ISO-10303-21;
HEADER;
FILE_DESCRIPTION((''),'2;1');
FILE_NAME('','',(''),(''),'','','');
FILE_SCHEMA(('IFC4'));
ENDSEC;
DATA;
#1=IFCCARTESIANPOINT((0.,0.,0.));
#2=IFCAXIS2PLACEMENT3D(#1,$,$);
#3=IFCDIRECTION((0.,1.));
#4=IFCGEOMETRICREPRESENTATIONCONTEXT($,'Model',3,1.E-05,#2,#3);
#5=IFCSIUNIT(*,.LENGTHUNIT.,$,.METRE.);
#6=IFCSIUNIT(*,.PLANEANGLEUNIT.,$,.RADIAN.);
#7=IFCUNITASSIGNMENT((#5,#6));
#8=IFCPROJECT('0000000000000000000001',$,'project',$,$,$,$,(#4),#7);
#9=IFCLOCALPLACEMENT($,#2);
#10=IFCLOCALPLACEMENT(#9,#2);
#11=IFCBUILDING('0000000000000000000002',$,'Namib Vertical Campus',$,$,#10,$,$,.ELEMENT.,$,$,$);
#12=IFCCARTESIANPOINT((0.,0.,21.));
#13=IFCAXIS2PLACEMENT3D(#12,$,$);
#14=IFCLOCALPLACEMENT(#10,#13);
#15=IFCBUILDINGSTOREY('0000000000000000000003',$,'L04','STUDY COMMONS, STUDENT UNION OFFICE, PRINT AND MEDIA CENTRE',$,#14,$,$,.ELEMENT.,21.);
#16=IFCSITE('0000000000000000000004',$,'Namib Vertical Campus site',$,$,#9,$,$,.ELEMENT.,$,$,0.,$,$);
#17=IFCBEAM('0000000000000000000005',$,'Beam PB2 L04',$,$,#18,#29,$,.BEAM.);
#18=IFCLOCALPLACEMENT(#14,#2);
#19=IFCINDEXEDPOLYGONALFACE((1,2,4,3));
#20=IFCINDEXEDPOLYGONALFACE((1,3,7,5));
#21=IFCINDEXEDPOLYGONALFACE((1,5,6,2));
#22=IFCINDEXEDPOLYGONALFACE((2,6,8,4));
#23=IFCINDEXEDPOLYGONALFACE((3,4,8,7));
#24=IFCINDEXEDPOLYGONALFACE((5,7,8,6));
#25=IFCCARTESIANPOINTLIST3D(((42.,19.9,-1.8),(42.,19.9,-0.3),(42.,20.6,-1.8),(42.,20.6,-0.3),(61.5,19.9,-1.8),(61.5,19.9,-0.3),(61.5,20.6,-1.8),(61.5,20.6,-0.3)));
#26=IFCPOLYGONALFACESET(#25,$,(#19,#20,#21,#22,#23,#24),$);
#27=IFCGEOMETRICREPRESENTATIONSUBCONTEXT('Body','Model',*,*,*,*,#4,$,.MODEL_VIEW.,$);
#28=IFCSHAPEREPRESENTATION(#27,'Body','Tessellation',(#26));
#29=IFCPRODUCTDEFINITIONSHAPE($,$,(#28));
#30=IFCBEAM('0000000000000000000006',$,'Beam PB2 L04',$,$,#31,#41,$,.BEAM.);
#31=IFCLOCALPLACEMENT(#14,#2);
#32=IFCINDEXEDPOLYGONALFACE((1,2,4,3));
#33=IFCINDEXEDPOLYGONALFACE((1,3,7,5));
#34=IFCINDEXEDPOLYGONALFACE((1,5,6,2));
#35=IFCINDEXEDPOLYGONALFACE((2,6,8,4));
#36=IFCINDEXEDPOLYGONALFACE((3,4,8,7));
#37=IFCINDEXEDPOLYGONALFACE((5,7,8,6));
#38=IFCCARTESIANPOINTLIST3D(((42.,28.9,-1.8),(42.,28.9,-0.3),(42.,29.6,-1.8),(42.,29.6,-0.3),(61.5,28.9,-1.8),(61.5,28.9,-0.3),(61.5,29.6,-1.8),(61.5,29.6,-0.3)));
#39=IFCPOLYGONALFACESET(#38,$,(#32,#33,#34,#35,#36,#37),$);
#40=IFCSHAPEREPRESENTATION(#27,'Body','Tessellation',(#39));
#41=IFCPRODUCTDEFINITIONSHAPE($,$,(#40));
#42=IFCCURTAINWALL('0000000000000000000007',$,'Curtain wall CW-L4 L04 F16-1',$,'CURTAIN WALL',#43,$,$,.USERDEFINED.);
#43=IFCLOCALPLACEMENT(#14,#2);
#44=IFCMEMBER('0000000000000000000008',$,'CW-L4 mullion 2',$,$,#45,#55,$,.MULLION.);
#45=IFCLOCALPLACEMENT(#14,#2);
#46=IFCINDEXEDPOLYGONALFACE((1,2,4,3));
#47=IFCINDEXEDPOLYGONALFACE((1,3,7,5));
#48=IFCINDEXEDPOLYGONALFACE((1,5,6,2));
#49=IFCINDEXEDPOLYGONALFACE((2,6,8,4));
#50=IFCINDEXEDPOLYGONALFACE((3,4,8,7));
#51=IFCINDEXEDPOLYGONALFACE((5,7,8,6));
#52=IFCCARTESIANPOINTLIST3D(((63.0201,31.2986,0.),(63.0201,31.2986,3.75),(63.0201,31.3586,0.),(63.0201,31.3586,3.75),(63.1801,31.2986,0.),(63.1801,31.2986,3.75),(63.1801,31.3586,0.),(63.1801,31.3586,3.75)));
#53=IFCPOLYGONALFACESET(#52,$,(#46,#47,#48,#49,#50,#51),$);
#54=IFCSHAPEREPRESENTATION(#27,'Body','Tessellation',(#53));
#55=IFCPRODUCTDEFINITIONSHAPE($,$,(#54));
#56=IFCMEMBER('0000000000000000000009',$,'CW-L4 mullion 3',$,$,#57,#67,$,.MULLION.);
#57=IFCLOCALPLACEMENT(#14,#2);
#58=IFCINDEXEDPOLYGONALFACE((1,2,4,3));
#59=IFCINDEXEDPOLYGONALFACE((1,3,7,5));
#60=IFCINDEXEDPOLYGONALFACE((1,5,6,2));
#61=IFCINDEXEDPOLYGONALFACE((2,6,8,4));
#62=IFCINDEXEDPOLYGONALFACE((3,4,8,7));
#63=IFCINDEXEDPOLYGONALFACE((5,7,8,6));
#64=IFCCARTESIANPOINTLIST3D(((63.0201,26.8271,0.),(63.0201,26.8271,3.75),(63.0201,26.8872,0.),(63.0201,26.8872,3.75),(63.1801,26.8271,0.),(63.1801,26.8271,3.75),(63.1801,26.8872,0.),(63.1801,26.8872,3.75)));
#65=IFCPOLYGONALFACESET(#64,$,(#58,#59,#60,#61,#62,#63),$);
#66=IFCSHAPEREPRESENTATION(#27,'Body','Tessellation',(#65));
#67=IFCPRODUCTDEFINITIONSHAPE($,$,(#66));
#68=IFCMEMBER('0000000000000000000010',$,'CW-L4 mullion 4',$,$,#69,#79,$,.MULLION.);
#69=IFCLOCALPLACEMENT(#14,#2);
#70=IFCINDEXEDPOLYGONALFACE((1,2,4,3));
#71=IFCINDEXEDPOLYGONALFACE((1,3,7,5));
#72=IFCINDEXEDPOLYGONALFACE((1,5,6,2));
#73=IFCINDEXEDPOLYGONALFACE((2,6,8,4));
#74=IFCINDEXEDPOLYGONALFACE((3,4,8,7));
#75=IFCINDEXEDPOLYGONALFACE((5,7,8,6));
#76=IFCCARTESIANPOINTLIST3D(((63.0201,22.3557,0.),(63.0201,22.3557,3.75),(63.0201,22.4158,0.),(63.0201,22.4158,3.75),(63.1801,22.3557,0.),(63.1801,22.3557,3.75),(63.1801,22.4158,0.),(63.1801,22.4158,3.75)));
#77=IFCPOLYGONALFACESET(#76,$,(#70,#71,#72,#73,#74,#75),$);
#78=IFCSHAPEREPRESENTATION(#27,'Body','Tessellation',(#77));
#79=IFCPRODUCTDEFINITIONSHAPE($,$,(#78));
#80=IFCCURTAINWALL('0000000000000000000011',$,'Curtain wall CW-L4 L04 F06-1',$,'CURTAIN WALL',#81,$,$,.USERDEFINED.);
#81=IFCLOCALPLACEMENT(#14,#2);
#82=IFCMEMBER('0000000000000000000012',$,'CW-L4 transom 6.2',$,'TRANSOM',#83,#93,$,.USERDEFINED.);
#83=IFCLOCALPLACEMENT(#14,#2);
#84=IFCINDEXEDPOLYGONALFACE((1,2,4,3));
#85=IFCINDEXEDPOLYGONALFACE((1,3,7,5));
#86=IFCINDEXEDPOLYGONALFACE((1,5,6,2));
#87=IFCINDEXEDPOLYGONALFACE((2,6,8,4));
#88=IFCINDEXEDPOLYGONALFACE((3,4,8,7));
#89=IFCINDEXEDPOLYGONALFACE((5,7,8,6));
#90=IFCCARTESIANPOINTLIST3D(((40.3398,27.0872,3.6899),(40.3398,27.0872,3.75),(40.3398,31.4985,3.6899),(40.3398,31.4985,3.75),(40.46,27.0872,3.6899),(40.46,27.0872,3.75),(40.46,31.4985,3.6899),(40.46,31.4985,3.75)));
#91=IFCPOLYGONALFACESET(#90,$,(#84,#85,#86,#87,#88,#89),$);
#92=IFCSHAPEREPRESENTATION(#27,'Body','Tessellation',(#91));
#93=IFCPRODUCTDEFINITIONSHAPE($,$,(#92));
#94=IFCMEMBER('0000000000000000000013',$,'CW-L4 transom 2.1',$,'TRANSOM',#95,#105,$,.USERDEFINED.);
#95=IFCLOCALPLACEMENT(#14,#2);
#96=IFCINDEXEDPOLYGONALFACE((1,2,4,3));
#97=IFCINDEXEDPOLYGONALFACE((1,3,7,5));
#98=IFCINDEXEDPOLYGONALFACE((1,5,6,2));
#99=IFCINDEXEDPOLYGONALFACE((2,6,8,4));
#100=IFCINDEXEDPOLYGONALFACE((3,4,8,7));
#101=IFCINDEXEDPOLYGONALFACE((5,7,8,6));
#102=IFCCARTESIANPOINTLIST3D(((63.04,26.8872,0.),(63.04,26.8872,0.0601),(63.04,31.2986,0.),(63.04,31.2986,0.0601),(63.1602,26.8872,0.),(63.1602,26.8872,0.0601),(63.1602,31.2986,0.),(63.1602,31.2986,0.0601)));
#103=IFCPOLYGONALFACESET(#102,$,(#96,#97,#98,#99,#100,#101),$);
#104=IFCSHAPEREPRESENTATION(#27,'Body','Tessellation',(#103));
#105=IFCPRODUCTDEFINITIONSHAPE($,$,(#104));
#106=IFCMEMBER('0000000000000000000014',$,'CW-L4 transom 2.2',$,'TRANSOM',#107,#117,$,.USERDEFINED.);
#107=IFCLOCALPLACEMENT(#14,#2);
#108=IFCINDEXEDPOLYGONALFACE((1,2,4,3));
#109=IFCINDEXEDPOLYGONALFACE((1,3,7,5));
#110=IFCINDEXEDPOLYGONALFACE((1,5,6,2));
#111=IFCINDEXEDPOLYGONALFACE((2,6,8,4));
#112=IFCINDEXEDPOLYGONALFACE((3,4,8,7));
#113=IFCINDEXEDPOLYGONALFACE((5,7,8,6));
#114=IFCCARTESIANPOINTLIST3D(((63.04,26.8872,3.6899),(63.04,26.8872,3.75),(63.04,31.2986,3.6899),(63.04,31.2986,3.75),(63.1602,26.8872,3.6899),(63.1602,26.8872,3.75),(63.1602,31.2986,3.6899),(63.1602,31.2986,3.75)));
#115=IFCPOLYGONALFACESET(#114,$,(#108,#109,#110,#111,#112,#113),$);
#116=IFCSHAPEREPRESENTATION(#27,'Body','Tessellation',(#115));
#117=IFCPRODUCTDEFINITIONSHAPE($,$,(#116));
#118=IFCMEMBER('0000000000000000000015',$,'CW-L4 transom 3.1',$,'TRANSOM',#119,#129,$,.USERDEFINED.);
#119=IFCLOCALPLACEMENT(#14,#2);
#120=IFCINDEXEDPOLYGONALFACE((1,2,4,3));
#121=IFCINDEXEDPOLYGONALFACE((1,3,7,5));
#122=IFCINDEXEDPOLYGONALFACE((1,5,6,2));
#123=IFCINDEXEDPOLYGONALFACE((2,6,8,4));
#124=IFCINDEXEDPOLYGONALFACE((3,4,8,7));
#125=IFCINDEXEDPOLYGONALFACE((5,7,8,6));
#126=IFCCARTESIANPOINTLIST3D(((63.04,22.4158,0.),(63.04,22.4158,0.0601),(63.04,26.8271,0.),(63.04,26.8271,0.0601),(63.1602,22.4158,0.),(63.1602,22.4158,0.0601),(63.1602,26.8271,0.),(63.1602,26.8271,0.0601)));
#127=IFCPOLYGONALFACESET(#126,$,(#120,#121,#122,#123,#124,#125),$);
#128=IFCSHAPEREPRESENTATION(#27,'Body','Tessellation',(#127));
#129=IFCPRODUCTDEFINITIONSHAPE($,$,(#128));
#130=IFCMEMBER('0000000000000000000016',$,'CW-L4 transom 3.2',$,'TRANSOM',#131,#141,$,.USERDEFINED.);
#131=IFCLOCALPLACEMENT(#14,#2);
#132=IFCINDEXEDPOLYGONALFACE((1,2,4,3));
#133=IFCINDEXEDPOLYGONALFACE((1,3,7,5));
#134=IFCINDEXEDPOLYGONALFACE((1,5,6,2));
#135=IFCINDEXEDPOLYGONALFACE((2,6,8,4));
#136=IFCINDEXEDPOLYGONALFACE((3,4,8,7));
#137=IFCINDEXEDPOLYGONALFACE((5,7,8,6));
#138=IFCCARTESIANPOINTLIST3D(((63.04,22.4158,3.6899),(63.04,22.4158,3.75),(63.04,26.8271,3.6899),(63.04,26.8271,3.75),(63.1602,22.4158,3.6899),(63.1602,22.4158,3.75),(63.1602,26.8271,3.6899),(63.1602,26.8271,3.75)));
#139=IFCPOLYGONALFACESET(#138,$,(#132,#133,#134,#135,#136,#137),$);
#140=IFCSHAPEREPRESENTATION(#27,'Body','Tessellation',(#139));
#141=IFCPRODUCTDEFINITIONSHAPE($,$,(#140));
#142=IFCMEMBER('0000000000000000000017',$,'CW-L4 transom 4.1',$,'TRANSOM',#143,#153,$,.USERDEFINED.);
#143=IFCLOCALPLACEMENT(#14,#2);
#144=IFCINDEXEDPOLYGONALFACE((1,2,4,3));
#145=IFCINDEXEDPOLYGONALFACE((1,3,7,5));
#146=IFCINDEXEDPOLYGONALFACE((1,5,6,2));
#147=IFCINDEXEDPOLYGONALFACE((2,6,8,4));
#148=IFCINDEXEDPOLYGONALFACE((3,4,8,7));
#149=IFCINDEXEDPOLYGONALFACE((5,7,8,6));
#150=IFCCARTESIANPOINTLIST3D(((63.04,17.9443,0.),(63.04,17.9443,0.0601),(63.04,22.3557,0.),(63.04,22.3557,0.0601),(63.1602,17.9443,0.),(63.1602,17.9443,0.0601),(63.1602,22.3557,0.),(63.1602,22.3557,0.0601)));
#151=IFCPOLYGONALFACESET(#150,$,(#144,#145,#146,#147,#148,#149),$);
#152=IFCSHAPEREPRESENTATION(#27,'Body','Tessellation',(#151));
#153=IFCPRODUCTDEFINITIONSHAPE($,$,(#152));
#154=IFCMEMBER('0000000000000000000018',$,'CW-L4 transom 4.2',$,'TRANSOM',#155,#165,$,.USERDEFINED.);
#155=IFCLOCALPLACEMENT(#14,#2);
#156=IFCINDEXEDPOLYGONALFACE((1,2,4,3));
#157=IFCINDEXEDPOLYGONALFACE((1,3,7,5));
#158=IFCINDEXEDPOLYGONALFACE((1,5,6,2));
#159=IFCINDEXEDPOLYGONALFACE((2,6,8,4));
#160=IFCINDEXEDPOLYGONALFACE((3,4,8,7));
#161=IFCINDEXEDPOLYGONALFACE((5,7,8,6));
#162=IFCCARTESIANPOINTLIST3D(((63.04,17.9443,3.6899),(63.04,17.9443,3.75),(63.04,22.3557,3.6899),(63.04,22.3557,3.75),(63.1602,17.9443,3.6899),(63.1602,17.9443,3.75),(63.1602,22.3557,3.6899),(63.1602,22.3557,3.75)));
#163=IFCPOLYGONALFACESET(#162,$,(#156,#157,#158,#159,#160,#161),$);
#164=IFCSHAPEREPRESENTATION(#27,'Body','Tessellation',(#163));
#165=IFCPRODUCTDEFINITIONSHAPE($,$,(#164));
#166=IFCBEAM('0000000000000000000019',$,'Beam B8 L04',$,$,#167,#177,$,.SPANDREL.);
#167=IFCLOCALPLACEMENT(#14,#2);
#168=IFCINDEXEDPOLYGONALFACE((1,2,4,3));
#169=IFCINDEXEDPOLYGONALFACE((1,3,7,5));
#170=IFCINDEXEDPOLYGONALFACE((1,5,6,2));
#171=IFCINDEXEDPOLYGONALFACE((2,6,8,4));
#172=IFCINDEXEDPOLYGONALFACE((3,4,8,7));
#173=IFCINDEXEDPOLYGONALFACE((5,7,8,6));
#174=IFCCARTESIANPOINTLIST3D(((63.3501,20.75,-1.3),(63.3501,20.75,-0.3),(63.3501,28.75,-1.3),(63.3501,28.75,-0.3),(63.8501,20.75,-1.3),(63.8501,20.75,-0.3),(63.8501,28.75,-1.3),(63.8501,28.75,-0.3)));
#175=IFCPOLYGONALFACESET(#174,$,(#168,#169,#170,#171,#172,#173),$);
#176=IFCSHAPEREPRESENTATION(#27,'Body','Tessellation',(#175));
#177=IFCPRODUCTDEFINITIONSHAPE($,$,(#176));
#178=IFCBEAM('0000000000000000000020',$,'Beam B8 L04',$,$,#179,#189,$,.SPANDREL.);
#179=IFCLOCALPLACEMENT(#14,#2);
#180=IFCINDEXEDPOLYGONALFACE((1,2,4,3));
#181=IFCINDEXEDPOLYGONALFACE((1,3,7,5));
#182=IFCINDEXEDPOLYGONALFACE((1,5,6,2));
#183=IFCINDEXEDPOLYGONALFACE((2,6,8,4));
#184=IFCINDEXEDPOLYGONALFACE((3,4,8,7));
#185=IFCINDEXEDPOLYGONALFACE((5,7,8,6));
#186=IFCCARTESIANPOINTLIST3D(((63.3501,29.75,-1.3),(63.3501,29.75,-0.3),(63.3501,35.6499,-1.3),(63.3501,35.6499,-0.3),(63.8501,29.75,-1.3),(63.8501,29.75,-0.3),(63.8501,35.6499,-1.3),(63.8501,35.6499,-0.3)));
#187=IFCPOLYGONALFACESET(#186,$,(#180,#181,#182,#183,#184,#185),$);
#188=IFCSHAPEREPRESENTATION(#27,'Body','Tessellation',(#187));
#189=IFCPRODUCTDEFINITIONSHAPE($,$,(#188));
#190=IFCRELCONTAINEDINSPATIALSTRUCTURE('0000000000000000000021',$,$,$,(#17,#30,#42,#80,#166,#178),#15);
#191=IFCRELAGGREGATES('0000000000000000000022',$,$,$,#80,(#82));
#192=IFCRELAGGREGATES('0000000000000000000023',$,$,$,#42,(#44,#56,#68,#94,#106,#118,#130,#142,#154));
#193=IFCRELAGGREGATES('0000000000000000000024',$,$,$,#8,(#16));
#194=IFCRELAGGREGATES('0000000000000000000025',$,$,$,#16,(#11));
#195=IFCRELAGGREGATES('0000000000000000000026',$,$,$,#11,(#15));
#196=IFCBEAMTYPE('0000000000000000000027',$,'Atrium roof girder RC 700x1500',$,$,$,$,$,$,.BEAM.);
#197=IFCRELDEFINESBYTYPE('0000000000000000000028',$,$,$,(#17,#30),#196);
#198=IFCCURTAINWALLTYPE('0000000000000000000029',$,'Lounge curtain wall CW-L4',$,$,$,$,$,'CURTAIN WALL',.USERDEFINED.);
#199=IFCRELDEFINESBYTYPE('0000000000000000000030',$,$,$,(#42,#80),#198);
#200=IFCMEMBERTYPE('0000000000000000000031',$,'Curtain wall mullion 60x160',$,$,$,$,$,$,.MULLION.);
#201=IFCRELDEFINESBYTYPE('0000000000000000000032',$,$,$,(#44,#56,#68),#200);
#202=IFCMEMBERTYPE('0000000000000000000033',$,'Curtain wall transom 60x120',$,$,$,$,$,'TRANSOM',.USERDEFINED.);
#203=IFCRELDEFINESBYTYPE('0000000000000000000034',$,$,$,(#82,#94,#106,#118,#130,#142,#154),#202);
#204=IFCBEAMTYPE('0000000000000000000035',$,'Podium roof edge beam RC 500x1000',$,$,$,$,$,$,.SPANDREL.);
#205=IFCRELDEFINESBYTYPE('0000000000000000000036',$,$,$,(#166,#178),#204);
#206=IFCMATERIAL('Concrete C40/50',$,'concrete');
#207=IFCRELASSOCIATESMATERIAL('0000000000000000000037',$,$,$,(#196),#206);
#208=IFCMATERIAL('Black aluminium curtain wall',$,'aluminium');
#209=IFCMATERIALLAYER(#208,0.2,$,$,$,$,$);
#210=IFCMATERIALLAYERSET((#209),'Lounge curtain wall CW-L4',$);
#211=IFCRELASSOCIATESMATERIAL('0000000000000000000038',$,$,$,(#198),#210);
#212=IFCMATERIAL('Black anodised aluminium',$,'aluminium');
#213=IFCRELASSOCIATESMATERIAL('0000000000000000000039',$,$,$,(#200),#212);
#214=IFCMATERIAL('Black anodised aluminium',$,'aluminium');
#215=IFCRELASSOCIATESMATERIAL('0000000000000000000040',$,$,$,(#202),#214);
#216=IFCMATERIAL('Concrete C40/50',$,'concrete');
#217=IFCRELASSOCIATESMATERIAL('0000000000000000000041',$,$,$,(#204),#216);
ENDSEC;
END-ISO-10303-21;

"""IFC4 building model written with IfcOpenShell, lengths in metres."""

from ifc_helpers import new_model, si_unit, direction, frame, origin, origin_2d, place, context, subcontext, project, spatial, rectangle, extrude, material, layer, layer_set, material_profile, profile_set, type_object, element, aggregate, save


model = new_model("IFC4")

# Units and contexts
model_context = context("Model", 3, precision=1e-05, world=origin(), true_north=direction((0.0, 1.0)))
body_context = subcontext(model_context, "Body", "Model", "MODEL_VIEW")
ifc_project = project(units=[si_unit("LENGTHUNIT", "METRE"), si_unit("PLANEANGLEUNIT", "RADIAN")], contexts=[model_context])

# Site, building, storey
site_placement = place(None, origin())
site = spatial("IfcSite", under=ifc_project, at=site_placement, Name="Namib Vertical Campus site", CompositionType="ELEMENT", RefElevation=0.0)
building_placement = place(site_placement, origin())
building = spatial("IfcBuilding", under=site, at=building_placement, Name="Namib Vertical Campus", CompositionType="ELEMENT")
storey_placement = place(building_placement, frame((0.0, 0.0, 21.0)))
storey = spatial("IfcBuildingStorey", under=building, at=storey_placement, Name="L04", Description="STUDY COMMONS, STUDENT UNION OFFICE, PRINT AND MEDIA CENTRE", CompositionType="ELEMENT", Elevation=21.0)

# Beams
ifc_material_1 = material(Name="Concrete C40/50", Category="concrete")
ifc_material_profile_1 = material_profile(ifc_material_1, rectangle(XDim=0.7, YDim=1.5, at=origin_2d()))
ifc_profile_set_1 = profile_set([ifc_material_profile_1], Name="Concrete C40/50")
beam_type_1 = type_object("IfcBeamType", Name="Atrium roof girder RC 700x1500", PredefinedType="BEAM", material=ifc_profile_set_1)
for number, where, z_axis, x_axis, name in (
    (1, (42.0, 20.25, -1.05), (1.0, 0.0, 0.0), (0.0, 1.0, 0.0), "Beam PB2 L04"),
    (2, (42.0, 29.25, -1.05), (1.0, 0.0, 0.0), (0.0, 1.0, 0.0), "Beam PB2 L04"),
):
    element("IfcBeam", number, at=place(storey_placement, frame(where, z_axis=z_axis, x_axis=x_axis)), inside=storey, type_object=beam_type_1, Name=name, PredefinedType="BEAM", context=body_context, shape_type="SweptSolid", body=[
        extrude(rectangle(XDim=0.7, YDim=1.5, at=origin_2d()), origin(), (0.0, 0.0, 1.0), 19.5),
    ])

# Curtain wall, members
ifc_material_2 = material(Name="Black aluminium curtain wall", Category="aluminium")
ifc_layer_1 = layer(ifc_material_2, 0.2)
ifc_layer_set_1 = layer_set([ifc_layer_1], Name="Lounge curtain wall CW-L4")
curtain_wall_type = type_object("IfcCurtainWallType", Name="Lounge curtain wall CW-L4", ElementType="CURTAIN WALL", PredefinedType="USERDEFINED", material=ifc_layer_set_1)
curtain_wall_1_placement = place(storey_placement, origin())
curtain_wall_1 = element("IfcCurtainWall", 3, at=curtain_wall_1_placement, inside=storey, type_object=curtain_wall_type, Name="Curtain wall CW-L4 L04 F16-1", ObjectType="CURTAIN WALL", PredefinedType="USERDEFINED")
ifc_material_3 = material(Name="Black anodised aluminium", Category="aluminium")
ifc_material_profile_2 = material_profile(ifc_material_3, rectangle(XDim=0.0601, YDim=0.1599, at=origin_2d()))
ifc_profile_set_2 = profile_set([ifc_material_profile_2], Name="Black anodised aluminium")
member_type_1 = type_object("IfcMemberType", Name="Curtain wall mullion 60x160", PredefinedType="MULLION", material=ifc_profile_set_2)
member_1_placement = place(storey_placement, frame((63.1001, 31.3286, 0.0), z_axis=(0.0, 0.0, 1.0), x_axis=(0.0, -1.0, 0.0)))
member_1 = element("IfcMember", 4, at=member_1_placement, type_object=member_type_1, Name="CW-L4 mullion 2", PredefinedType="MULLION", context=body_context, shape_type="SweptSolid", body=[
    extrude(rectangle(XDim=0.0601, YDim=0.1599, at=origin_2d()), origin(), (0.0, 0.0, 1.0), 3.75),
])
member_2_placement = place(storey_placement, frame((63.1001, 26.8572, 0.0), z_axis=(0.0, 0.0, 1.0), x_axis=(0.0, -1.0, 0.0)))
member_2 = element("IfcMember", 5, at=member_2_placement, type_object=member_type_1, Name="CW-L4 mullion 3", PredefinedType="MULLION", context=body_context, shape_type="SweptSolid", body=[
    extrude(rectangle(XDim=0.0601, YDim=0.1599, at=origin_2d()), origin(), (0.0, 0.0, 1.0), 3.75),
])
member_3_placement = place(storey_placement, frame((63.1001, 22.3857, 0.0), z_axis=(0.0, 0.0, 1.0), x_axis=(0.0, -1.0, 0.0)))
member_3 = element("IfcMember", 6, at=member_3_placement, type_object=member_type_1, Name="CW-L4 mullion 4", PredefinedType="MULLION", context=body_context, shape_type="SweptSolid", body=[
    extrude(rectangle(XDim=0.0601, YDim=0.1599, at=origin_2d()), origin(), (0.0, 0.0, 1.0), 3.75),
])

# Curtain wall, member
curtain_wall_2_placement = place(storey_placement, origin())
curtain_wall_2 = element("IfcCurtainWall", 7, at=curtain_wall_2_placement, inside=storey, type_object=curtain_wall_type, Name="Curtain wall CW-L4 L04 F06-1", ObjectType="CURTAIN WALL", PredefinedType="USERDEFINED")
ifc_material_4 = material(Name="Black anodised aluminium", Category="aluminium")
ifc_material_profile_3 = material_profile(ifc_material_4, rectangle(XDim=0.0601, YDim=0.1201, at=origin_2d()))
ifc_profile_set_3 = profile_set([ifc_material_profile_3], Name="Black anodised aluminium")
member_type_2 = type_object("IfcMemberType", Name="Curtain wall transom 60x120", ElementType="TRANSOM", PredefinedType="USERDEFINED", material=ifc_profile_set_3)
member_4_placement = place(storey_placement, frame((40.3999, 27.0872, 3.72), z_axis=(0.0, 1.0, 0.0), x_axis=(0.0, 0.0, 1.0)))
member_4 = element("IfcMember", 8, at=member_4_placement, type_object=member_type_2, Name="CW-L4 transom 6.2", ObjectType="TRANSOM", PredefinedType="USERDEFINED", context=body_context, shape_type="SweptSolid", body=[
    extrude(rectangle(XDim=0.0601, YDim=0.1201, at=origin_2d()), origin(), (0.0, 0.0, 1.0), 4.4114),
])

# Members
member_5_placement = place(storey_placement, frame((63.1001, 31.2986, 0.03), z_axis=(0.0, -1.0, 0.0), x_axis=(0.0, 0.0, 1.0)))
member_5 = element("IfcMember", 9, at=member_5_placement, type_object=member_type_2, Name="CW-L4 transom 2.1", ObjectType="TRANSOM", PredefinedType="USERDEFINED", context=body_context, shape_type="SweptSolid", body=[
    extrude(rectangle(XDim=0.0601, YDim=0.1201, at=origin_2d()), origin(), (0.0, 0.0, 1.0), 4.4114),
])
member_6_placement = place(storey_placement, frame((63.1001, 31.2986, 3.72), z_axis=(0.0, -1.0, 0.0), x_axis=(0.0, 0.0, 1.0)))
member_6 = element("IfcMember", 10, at=member_6_placement, type_object=member_type_2, Name="CW-L4 transom 2.2", ObjectType="TRANSOM", PredefinedType="USERDEFINED", context=body_context, shape_type="SweptSolid", body=[
    extrude(rectangle(XDim=0.0601, YDim=0.1201, at=origin_2d()), origin(), (0.0, 0.0, 1.0), 4.4114),
])
member_7_placement = place(storey_placement, frame((63.1001, 26.8271, 0.03), z_axis=(0.0, -1.0, 0.0), x_axis=(0.0, 0.0, 1.0)))
member_7 = element("IfcMember", 11, at=member_7_placement, type_object=member_type_2, Name="CW-L4 transom 3.1", ObjectType="TRANSOM", PredefinedType="USERDEFINED", context=body_context, shape_type="SweptSolid", body=[
    extrude(rectangle(XDim=0.0601, YDim=0.1201, at=origin_2d()), origin(), (0.0, 0.0, 1.0), 4.4114),
])
member_8_placement = place(storey_placement, frame((63.1001, 26.8271, 3.72), z_axis=(0.0, -1.0, 0.0), x_axis=(0.0, 0.0, 1.0)))
member_8 = element("IfcMember", 12, at=member_8_placement, type_object=member_type_2, Name="CW-L4 transom 3.2", ObjectType="TRANSOM", PredefinedType="USERDEFINED", context=body_context, shape_type="SweptSolid", body=[
    extrude(rectangle(XDim=0.0601, YDim=0.1201, at=origin_2d()), origin(), (0.0, 0.0, 1.0), 4.4114),
])
member_9_placement = place(storey_placement, frame((63.1001, 22.3557, 0.03), z_axis=(0.0, -1.0, 0.0), x_axis=(0.0, 0.0, 1.0)))
member_9 = element("IfcMember", 13, at=member_9_placement, type_object=member_type_2, Name="CW-L4 transom 4.1", ObjectType="TRANSOM", PredefinedType="USERDEFINED", context=body_context, shape_type="SweptSolid", body=[
    extrude(rectangle(XDim=0.0601, YDim=0.1201, at=origin_2d()), origin(), (0.0, 0.0, 1.0), 4.4114),
])
member_10_placement = place(storey_placement, frame((63.1001, 22.3557, 3.72), z_axis=(0.0, -1.0, 0.0), x_axis=(0.0, 0.0, 1.0)))
member_10 = element("IfcMember", 14, at=member_10_placement, type_object=member_type_2, Name="CW-L4 transom 4.2", ObjectType="TRANSOM", PredefinedType="USERDEFINED", context=body_context, shape_type="SweptSolid", body=[
    extrude(rectangle(XDim=0.0601, YDim=0.1201, at=origin_2d()), origin(), (0.0, 0.0, 1.0), 4.4114),
])

# Beams
ifc_material_5 = material(Name="Concrete C40/50", Category="concrete")
ifc_material_profile_4 = material_profile(ifc_material_5, rectangle(XDim=0.5, YDim=1.0, at=origin_2d()))
ifc_profile_set_4 = profile_set([ifc_material_profile_4], Name="Concrete C40/50")
beam_type_2 = type_object("IfcBeamType", Name="Podium roof edge beam RC 500x1000", PredefinedType="SPANDREL", material=ifc_profile_set_4)
beam_1_placement = place(storey_placement, frame((63.6001, 20.75, -0.8), z_axis=(0.0, 1.0, 0.0), x_axis=(-1.0, 0.0, 0.0)))
element("IfcBeam", 15, at=beam_1_placement, inside=storey, type_object=beam_type_2, Name="Beam B8 L04", PredefinedType="SPANDREL", context=body_context, shape_type="SweptSolid", body=[
    extrude(rectangle(XDim=0.5, YDim=1.0, at=origin_2d()), origin(), (0.0, 0.0, 1.0), 8.0),
])
beam_2_placement = place(storey_placement, frame((63.6001, 29.75, -0.8), z_axis=(0.0, 1.0, 0.0), x_axis=(-1.0, 0.0, 0.0)))
element("IfcBeam", 16, at=beam_2_placement, inside=storey, type_object=beam_type_2, Name="Beam B8 L04", PredefinedType="SPANDREL", context=body_context, shape_type="SweptSolid", body=[
    extrude(rectangle(XDim=0.5, YDim=1.0, at=origin_2d()), origin(), (0.0, 0.0, 1.0), 5.8999),
])

aggregate(curtain_wall_2, [member_4])
aggregate(curtain_wall_1, [member_1, member_2, member_3, member_5, member_6, member_7, member_8, member_9, member_10])

save(model, "model.ifc")
